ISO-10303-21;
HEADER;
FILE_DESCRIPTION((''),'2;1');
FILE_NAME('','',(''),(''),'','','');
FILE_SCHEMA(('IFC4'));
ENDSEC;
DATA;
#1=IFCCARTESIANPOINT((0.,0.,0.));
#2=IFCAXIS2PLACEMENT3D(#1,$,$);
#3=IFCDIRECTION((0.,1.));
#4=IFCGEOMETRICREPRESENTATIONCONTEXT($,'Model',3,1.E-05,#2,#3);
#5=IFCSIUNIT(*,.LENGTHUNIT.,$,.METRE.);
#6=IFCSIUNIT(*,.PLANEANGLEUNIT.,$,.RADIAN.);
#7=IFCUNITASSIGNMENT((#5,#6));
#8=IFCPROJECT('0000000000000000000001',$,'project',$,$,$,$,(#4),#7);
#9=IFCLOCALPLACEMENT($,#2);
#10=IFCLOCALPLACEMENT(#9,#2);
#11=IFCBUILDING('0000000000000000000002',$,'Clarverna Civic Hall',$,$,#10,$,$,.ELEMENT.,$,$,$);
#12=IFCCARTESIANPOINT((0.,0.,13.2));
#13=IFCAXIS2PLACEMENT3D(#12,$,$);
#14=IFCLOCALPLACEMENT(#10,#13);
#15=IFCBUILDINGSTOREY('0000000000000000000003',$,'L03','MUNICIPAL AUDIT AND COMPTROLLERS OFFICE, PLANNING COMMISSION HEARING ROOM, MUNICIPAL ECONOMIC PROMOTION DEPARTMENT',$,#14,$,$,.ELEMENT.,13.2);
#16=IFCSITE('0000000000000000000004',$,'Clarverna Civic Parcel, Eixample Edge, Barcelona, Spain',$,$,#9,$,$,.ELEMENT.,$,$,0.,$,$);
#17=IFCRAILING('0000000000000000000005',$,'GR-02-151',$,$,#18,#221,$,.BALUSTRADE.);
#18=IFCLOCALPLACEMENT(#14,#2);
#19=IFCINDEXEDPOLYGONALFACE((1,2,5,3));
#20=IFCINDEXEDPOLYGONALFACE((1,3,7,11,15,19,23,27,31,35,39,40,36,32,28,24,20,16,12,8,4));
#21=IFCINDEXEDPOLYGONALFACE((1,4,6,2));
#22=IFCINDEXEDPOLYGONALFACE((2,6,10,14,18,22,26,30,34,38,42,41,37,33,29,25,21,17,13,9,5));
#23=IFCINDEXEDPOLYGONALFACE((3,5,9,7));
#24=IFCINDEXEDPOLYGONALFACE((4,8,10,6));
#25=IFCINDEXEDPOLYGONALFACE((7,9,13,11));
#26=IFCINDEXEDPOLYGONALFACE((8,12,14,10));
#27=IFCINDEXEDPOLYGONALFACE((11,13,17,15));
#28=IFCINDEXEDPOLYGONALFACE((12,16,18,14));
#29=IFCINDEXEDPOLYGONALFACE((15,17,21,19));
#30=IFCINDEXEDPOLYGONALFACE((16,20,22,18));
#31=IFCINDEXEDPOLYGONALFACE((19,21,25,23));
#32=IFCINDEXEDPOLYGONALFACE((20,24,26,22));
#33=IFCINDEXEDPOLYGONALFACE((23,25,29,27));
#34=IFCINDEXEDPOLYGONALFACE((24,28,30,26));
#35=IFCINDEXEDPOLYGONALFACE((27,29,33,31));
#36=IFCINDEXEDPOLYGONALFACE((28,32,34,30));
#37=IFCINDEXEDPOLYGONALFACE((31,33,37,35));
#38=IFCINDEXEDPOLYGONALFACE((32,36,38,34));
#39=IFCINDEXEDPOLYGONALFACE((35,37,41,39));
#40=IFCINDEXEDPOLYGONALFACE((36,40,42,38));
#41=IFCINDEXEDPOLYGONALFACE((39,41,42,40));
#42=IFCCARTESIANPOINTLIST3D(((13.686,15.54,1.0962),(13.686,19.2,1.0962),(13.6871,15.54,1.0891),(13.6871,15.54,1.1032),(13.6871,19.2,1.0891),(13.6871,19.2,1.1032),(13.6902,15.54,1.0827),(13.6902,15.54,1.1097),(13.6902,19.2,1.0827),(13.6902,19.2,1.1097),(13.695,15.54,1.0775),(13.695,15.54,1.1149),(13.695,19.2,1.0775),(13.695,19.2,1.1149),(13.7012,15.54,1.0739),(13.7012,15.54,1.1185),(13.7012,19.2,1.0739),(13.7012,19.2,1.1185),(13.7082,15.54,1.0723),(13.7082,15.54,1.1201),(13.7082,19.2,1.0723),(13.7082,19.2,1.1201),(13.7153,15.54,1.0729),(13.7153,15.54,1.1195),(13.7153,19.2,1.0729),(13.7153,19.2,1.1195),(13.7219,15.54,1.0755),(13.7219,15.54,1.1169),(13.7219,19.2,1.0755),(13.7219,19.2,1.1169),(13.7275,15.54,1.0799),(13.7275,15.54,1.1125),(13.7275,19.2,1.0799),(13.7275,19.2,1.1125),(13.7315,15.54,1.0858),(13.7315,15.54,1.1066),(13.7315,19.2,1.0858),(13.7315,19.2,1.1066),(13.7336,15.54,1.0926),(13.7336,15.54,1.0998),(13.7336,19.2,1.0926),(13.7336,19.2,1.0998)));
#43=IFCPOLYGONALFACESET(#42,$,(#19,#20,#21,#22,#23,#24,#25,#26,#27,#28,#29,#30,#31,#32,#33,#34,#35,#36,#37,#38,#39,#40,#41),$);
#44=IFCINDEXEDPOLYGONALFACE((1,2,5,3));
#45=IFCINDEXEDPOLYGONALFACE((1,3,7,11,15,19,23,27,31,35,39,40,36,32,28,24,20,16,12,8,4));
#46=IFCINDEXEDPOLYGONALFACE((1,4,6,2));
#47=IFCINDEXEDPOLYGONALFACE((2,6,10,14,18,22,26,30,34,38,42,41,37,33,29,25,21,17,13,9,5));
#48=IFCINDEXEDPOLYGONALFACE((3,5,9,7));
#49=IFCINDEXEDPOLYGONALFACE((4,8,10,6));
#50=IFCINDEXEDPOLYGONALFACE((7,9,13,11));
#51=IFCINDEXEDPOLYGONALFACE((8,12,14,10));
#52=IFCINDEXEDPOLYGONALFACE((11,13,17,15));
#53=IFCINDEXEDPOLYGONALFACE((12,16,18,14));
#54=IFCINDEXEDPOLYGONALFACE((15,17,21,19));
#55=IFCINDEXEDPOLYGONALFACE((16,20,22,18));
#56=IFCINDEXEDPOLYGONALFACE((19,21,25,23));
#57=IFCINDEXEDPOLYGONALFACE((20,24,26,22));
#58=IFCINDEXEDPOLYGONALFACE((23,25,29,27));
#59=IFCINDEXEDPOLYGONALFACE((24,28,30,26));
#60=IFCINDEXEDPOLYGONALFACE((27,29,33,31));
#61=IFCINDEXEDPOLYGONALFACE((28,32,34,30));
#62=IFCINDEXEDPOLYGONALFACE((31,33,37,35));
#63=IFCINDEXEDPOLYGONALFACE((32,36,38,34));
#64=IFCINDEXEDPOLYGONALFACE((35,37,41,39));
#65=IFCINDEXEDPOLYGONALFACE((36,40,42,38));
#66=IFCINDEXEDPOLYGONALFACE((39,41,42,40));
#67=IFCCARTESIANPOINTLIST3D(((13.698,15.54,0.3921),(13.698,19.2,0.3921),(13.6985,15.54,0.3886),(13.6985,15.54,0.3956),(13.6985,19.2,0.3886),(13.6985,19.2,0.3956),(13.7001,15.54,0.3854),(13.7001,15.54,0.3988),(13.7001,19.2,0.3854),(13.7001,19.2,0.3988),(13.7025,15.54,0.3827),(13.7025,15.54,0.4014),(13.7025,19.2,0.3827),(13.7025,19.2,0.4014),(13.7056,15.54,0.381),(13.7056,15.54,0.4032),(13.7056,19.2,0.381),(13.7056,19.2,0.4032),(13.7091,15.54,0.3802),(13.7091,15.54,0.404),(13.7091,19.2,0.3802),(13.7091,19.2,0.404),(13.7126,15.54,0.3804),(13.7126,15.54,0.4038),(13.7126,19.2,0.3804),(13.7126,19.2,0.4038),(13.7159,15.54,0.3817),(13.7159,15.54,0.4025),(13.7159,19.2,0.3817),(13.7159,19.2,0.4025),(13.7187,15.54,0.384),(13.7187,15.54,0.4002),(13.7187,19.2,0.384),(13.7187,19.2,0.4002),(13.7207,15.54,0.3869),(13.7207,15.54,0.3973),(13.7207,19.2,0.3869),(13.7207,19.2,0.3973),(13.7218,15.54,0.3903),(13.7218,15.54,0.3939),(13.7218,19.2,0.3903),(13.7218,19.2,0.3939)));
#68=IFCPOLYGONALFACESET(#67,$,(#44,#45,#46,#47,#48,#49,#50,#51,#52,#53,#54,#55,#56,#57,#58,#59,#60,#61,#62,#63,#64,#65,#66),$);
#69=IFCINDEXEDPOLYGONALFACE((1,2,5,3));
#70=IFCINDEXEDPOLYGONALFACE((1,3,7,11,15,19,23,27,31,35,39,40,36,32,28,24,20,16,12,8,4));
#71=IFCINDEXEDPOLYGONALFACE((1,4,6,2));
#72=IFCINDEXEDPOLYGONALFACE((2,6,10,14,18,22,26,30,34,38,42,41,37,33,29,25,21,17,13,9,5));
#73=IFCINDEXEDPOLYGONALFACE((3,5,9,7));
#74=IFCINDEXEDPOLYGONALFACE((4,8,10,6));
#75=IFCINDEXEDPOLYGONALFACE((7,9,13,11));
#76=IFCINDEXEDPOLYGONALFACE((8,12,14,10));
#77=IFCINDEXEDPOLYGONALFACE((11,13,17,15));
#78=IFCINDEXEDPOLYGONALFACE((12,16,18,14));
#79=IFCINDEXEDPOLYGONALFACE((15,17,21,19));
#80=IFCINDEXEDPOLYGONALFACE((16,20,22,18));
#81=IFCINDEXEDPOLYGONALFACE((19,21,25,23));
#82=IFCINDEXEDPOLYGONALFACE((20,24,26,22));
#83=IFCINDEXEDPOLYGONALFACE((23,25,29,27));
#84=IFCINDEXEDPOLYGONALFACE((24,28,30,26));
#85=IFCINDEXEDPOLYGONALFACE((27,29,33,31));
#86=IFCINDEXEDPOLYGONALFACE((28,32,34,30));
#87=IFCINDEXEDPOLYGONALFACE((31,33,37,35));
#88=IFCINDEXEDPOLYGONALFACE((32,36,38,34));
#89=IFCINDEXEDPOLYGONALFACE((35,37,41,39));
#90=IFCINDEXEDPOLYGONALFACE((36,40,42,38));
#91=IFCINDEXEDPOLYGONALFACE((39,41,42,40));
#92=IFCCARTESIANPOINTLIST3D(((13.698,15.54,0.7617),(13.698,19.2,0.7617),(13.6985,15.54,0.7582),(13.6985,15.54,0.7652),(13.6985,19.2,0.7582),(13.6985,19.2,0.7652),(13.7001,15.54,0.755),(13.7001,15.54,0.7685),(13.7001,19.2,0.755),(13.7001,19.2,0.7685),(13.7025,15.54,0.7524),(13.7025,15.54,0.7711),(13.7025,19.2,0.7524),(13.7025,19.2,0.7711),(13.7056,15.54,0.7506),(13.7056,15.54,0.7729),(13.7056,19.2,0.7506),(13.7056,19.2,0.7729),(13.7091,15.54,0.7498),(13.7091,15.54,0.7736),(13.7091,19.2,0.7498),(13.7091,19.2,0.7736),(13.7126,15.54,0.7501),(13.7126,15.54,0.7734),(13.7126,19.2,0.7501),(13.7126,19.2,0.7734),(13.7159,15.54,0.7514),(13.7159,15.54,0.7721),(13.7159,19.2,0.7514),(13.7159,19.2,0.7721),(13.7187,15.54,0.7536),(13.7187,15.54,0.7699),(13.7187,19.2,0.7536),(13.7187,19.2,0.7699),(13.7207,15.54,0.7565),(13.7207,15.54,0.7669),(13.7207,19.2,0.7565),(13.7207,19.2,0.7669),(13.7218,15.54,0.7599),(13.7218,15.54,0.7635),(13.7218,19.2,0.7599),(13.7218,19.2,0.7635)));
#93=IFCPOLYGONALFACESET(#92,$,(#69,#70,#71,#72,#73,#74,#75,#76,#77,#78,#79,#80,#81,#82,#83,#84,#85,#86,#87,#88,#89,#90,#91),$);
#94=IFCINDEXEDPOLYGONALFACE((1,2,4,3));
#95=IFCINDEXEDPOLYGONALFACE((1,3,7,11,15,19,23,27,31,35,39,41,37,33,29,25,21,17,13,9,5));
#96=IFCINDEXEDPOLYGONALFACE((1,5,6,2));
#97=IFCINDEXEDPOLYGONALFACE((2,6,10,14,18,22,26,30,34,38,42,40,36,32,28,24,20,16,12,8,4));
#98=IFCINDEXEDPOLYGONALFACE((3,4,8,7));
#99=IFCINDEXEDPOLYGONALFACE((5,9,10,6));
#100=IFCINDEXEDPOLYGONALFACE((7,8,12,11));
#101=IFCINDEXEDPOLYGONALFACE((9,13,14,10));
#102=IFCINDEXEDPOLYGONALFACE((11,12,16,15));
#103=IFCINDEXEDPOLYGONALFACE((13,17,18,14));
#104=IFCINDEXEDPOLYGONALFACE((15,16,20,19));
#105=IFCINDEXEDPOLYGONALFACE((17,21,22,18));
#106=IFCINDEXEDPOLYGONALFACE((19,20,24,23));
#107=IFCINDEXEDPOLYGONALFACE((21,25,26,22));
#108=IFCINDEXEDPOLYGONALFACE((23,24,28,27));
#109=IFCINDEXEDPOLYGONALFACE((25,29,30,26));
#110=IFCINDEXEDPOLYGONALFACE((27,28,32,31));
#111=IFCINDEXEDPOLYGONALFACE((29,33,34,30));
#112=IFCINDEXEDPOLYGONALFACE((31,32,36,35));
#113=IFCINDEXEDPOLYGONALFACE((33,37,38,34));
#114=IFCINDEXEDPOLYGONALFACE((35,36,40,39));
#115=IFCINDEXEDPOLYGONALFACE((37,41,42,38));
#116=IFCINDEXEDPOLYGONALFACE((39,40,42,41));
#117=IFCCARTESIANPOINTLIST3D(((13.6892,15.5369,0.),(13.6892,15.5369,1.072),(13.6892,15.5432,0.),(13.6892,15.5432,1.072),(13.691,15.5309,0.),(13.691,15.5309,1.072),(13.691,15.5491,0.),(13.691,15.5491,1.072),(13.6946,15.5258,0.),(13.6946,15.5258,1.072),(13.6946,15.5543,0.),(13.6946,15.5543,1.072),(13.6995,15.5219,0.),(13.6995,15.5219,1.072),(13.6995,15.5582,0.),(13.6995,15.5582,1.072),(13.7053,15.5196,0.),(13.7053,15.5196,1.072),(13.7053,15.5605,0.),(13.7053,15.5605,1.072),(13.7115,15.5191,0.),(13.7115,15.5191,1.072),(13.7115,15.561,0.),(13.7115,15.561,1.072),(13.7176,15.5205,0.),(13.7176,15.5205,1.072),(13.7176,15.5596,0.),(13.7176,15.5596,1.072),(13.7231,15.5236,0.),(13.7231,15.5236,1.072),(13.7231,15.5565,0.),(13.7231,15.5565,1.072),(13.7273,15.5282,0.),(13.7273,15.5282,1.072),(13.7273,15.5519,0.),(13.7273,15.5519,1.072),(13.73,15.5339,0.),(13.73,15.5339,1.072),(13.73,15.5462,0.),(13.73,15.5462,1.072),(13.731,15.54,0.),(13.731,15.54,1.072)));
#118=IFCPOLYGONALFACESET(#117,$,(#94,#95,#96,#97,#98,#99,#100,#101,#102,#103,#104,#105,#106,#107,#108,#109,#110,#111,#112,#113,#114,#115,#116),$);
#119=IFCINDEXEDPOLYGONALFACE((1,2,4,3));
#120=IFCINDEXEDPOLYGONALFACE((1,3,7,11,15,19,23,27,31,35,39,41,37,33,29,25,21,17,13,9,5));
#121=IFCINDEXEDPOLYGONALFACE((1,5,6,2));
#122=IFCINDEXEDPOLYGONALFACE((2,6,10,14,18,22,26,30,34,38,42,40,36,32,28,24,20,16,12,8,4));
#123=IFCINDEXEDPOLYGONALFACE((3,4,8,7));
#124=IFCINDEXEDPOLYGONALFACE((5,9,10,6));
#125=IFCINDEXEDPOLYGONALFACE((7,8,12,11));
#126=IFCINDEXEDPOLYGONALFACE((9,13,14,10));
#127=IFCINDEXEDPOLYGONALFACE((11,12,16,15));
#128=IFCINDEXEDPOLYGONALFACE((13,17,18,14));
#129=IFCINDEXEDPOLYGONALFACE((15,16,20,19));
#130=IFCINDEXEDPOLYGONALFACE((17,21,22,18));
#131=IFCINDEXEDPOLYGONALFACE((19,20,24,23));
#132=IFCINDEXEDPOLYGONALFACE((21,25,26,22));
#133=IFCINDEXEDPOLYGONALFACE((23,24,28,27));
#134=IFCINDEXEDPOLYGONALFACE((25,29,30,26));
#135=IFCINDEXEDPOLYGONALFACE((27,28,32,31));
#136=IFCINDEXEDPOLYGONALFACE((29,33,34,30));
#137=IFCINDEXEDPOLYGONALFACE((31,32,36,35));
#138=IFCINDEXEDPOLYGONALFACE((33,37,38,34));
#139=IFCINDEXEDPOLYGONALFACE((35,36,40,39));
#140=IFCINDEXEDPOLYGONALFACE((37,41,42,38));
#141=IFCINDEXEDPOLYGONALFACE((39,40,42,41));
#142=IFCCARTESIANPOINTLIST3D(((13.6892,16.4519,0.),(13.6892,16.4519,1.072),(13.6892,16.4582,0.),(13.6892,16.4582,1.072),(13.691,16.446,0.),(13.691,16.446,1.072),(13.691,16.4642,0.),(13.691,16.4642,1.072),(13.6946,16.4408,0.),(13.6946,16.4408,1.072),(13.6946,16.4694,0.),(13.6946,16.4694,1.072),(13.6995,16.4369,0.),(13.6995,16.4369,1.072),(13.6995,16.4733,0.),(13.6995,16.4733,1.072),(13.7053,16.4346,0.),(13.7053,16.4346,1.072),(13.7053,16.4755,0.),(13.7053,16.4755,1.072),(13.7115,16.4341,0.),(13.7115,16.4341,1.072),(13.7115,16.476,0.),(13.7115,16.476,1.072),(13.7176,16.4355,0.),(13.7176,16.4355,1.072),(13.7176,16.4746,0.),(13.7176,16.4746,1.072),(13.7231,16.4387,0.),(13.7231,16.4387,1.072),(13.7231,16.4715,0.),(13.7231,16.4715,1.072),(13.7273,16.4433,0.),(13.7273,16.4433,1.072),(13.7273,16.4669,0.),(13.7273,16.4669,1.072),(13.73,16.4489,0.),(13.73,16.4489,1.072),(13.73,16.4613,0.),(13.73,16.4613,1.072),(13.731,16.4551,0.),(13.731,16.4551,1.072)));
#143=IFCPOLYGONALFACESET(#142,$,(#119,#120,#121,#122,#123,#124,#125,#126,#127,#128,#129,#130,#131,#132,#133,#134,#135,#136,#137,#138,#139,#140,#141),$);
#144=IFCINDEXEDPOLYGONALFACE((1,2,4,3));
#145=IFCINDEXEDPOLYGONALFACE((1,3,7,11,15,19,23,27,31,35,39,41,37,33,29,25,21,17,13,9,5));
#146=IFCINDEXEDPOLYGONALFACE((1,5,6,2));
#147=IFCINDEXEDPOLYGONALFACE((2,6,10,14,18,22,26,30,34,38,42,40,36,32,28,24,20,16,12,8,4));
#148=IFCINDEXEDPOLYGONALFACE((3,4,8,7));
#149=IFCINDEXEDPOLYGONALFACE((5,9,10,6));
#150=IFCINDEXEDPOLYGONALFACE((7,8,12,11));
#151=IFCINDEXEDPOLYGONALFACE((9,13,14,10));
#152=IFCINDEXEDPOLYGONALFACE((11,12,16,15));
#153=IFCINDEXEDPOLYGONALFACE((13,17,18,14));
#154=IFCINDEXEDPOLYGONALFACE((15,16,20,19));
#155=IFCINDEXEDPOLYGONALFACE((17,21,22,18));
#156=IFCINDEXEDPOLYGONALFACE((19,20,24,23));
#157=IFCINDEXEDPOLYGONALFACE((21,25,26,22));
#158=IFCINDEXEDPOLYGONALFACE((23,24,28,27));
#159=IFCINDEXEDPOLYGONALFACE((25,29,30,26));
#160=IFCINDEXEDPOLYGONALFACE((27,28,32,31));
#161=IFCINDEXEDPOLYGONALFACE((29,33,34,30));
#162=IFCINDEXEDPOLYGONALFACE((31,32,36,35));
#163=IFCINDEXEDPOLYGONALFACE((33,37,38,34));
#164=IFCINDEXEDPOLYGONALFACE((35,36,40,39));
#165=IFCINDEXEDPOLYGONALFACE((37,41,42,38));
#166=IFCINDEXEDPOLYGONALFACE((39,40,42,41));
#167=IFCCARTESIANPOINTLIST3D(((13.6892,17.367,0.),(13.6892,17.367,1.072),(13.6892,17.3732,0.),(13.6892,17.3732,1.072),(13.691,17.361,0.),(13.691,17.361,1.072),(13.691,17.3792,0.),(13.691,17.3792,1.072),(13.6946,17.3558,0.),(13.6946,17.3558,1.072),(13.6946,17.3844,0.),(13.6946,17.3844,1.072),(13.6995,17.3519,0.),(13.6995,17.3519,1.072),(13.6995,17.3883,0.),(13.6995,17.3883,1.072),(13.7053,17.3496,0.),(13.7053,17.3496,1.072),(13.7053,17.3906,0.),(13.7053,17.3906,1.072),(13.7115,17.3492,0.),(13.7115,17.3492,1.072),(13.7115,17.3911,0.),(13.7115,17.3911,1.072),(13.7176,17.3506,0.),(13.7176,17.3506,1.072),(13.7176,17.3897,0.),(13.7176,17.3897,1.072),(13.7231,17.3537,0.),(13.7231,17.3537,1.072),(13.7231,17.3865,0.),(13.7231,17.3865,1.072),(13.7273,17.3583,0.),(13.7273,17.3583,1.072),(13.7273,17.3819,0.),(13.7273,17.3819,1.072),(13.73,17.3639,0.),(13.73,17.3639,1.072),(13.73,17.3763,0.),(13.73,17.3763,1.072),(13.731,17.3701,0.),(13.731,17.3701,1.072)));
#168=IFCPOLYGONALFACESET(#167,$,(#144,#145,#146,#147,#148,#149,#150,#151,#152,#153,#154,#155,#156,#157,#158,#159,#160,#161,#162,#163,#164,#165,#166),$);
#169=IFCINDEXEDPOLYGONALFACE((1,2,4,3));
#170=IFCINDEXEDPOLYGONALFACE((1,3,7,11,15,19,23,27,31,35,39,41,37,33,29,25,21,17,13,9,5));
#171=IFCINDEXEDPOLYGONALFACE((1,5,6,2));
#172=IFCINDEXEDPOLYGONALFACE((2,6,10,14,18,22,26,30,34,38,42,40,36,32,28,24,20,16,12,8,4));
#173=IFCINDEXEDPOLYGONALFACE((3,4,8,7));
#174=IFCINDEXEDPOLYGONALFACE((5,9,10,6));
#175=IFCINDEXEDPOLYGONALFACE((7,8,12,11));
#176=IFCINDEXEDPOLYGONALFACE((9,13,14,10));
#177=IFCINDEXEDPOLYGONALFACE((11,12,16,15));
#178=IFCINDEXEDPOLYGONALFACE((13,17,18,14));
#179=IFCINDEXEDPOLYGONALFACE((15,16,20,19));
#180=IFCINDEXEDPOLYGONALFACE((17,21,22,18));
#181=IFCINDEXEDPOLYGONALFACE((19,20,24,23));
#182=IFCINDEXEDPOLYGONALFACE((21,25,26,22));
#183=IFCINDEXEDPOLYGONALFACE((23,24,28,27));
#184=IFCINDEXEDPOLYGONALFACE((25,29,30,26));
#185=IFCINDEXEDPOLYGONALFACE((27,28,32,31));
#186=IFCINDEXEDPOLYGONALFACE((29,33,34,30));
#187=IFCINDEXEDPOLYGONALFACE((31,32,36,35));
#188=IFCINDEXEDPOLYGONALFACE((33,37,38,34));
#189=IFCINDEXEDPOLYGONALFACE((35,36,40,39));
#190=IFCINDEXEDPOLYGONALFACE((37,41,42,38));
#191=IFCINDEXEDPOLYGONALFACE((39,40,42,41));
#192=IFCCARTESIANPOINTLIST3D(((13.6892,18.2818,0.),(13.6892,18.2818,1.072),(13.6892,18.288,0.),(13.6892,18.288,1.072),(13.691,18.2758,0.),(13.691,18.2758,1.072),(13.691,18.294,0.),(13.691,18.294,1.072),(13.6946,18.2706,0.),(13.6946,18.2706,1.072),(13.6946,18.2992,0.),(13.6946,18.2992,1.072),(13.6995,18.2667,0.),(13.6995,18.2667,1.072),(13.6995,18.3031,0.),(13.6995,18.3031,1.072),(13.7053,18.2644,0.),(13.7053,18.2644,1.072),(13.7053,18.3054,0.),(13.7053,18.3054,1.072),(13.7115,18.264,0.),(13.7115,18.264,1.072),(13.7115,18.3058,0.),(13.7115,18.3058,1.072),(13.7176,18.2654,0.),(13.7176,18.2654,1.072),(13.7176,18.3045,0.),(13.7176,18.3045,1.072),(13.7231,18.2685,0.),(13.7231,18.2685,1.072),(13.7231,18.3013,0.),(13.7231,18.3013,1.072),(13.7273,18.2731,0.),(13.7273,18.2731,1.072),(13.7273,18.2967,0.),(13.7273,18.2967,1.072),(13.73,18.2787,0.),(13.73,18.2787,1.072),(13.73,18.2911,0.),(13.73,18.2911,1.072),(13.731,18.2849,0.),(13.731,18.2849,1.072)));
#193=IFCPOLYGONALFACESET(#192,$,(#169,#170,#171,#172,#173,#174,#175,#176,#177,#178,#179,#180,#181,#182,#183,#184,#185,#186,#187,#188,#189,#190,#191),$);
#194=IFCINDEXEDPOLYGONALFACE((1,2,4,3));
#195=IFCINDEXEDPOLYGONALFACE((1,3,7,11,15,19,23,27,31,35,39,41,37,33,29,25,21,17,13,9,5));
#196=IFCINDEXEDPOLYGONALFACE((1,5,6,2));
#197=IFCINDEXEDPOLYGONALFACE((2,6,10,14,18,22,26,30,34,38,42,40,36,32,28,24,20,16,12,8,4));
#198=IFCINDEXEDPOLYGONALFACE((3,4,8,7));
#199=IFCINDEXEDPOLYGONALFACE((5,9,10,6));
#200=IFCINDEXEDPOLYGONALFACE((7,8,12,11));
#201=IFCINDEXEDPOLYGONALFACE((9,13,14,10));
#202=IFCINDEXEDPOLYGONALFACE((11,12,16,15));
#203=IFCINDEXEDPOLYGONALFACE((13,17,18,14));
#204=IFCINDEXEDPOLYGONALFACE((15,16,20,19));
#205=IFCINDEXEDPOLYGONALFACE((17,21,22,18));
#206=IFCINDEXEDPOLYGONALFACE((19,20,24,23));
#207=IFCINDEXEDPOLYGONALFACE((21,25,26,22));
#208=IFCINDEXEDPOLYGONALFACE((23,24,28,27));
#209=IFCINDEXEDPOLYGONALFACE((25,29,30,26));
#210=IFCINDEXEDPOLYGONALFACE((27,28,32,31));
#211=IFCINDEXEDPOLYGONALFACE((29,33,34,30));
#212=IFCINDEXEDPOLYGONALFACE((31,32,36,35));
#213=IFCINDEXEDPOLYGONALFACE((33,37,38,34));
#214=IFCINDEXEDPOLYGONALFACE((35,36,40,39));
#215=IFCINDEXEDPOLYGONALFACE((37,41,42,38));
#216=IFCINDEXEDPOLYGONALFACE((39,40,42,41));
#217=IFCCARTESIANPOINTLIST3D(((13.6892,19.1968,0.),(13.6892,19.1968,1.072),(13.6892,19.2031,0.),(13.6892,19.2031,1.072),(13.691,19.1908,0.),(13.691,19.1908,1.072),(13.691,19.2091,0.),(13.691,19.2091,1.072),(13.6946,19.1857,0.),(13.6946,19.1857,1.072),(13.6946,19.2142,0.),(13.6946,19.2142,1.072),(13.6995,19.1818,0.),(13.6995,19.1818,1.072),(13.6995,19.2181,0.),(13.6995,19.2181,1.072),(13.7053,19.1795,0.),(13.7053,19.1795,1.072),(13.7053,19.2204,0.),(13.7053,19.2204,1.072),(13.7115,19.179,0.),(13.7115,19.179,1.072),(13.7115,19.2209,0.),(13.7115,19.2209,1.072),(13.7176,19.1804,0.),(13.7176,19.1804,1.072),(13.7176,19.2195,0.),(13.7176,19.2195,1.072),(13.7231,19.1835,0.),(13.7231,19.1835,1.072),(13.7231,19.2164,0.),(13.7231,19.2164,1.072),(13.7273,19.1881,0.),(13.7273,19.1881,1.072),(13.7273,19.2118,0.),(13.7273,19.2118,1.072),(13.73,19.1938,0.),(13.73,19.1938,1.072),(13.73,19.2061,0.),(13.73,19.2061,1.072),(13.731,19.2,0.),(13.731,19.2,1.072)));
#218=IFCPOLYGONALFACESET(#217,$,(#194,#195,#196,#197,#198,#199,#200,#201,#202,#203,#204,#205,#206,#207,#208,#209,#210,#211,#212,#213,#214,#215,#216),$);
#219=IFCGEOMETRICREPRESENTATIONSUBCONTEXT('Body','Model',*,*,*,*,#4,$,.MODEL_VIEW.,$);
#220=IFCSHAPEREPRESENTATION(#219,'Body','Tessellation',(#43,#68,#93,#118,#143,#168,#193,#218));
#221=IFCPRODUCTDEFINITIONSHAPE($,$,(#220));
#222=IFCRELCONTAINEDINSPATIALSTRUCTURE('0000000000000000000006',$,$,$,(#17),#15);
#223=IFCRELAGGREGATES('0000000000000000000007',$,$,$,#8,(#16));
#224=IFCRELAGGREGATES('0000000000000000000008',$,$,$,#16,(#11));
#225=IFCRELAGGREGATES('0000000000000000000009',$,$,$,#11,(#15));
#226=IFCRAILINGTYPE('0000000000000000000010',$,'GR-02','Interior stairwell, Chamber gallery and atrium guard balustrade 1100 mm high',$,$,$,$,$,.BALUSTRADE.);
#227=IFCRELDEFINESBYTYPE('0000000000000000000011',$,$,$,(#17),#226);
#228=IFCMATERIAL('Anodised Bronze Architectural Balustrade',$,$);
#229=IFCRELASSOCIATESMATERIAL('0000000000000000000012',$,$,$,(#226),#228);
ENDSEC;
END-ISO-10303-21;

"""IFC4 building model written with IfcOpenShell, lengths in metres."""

from ifc_helpers import new_model, si_unit, direction, frame, origin, origin_2d, place, context, subcontext, project, spatial, circle, extrude, material, type_object, element, save


model = new_model("IFC4")

# Units and contexts
model_context = context("Model", 3, precision=1e-05, world=origin(), true_north=direction((0.0, 1.0)))
body_context = subcontext(model_context, "Body", "Model", "MODEL_VIEW")
ifc_project = project(units=[si_unit("LENGTHUNIT", "METRE"), si_unit("PLANEANGLEUNIT", "RADIAN")], contexts=[model_context])

# Site, building, storey
site_placement = place(None, origin())
site = spatial("IfcSite", under=ifc_project, at=site_placement, Name="Clarverna Civic Parcel, Eixample Edge, Barcelona, Spain", CompositionType="ELEMENT", RefElevation=0.0)
building_placement = place(site_placement, origin())
building = spatial("IfcBuilding", under=site, at=building_placement, Name="Clarverna Civic Hall", CompositionType="ELEMENT")
storey_placement = place(building_placement, frame((0.0, 0.0, 13.2)))
storey = spatial("IfcBuildingStorey", under=building, at=storey_placement, Name="L03", Description="MUNICIPAL AUDIT AND COMPTROLLERS OFFICE, PLANNING COMMISSION HEARING ROOM, MUNICIPAL ECONOMIC PROMOTION DEPARTMENT", CompositionType="ELEMENT", Elevation=13.2)

# Railing
ifc_material_1 = material(Name="Anodised Bronze Architectural Balustrade")
railing_type = type_object("IfcRailingType", Name="GR-02", Description="Interior stairwell, Chamber gallery and atrium guard balustrade 1100 mm high", PredefinedType="BALUSTRADE", material=ifc_material_1)
railing_placement = place(storey_placement, frame((13.71, 15.54, 0.0)))
element("IfcRailing", 1, at=railing_placement, inside=storey, type_object=railing_type, Name="GR-02-151", PredefinedType="BALUSTRADE", context=body_context, shape_type="SweptSolid", body=[
    extrude(circle(Radius=0.0239, at=origin_2d()), frame((0.0, 0.0, 1.0962), z_axis=(0.0, 1.0, 0.0), x_axis=(-1.0, 0.0, 0.0)), (0.0, 0.0, 1.0), 3.6599),
    extrude(circle(Radius=0.012, at=origin_2d()), frame((0.0, 0.0, 0.3921), z_axis=(0.0, 1.0, 0.0), x_axis=(-1.0, 0.0, 0.0)), (0.0, 0.0, 1.0), 3.6599),
    extrude(circle(Radius=0.012, at=origin_2d()), frame((0.0, 0.0, 0.7617), z_axis=(0.0, 1.0, 0.0), x_axis=(-1.0, 0.0, 0.0)), (0.0, 0.0, 1.0), 3.6599),
    extrude(circle(Radius=0.021, at=origin_2d()), origin(), (0.0, 0.0, 1.0), 1.072),
    extrude(circle(Radius=0.021, at=origin_2d()), frame((0.0, 0.915, 0.0)), (0.0, 0.0, 1.0), 1.072),
    extrude(circle(Radius=0.021, at=origin_2d()), frame((0.0, 1.8301, 0.0)), (0.0, 0.0, 1.0), 1.072),
    extrude(circle(Radius=0.021, at=origin_2d()), frame((0.0, 2.7449, 0.0)), (0.0, 0.0, 1.0), 1.072),
    extrude(circle(Radius=0.021, at=origin_2d()), frame((0.0, 3.6599, 0.0)), (0.0, 0.0, 1.0), 1.072),
])

save(model, "model.ifc")
